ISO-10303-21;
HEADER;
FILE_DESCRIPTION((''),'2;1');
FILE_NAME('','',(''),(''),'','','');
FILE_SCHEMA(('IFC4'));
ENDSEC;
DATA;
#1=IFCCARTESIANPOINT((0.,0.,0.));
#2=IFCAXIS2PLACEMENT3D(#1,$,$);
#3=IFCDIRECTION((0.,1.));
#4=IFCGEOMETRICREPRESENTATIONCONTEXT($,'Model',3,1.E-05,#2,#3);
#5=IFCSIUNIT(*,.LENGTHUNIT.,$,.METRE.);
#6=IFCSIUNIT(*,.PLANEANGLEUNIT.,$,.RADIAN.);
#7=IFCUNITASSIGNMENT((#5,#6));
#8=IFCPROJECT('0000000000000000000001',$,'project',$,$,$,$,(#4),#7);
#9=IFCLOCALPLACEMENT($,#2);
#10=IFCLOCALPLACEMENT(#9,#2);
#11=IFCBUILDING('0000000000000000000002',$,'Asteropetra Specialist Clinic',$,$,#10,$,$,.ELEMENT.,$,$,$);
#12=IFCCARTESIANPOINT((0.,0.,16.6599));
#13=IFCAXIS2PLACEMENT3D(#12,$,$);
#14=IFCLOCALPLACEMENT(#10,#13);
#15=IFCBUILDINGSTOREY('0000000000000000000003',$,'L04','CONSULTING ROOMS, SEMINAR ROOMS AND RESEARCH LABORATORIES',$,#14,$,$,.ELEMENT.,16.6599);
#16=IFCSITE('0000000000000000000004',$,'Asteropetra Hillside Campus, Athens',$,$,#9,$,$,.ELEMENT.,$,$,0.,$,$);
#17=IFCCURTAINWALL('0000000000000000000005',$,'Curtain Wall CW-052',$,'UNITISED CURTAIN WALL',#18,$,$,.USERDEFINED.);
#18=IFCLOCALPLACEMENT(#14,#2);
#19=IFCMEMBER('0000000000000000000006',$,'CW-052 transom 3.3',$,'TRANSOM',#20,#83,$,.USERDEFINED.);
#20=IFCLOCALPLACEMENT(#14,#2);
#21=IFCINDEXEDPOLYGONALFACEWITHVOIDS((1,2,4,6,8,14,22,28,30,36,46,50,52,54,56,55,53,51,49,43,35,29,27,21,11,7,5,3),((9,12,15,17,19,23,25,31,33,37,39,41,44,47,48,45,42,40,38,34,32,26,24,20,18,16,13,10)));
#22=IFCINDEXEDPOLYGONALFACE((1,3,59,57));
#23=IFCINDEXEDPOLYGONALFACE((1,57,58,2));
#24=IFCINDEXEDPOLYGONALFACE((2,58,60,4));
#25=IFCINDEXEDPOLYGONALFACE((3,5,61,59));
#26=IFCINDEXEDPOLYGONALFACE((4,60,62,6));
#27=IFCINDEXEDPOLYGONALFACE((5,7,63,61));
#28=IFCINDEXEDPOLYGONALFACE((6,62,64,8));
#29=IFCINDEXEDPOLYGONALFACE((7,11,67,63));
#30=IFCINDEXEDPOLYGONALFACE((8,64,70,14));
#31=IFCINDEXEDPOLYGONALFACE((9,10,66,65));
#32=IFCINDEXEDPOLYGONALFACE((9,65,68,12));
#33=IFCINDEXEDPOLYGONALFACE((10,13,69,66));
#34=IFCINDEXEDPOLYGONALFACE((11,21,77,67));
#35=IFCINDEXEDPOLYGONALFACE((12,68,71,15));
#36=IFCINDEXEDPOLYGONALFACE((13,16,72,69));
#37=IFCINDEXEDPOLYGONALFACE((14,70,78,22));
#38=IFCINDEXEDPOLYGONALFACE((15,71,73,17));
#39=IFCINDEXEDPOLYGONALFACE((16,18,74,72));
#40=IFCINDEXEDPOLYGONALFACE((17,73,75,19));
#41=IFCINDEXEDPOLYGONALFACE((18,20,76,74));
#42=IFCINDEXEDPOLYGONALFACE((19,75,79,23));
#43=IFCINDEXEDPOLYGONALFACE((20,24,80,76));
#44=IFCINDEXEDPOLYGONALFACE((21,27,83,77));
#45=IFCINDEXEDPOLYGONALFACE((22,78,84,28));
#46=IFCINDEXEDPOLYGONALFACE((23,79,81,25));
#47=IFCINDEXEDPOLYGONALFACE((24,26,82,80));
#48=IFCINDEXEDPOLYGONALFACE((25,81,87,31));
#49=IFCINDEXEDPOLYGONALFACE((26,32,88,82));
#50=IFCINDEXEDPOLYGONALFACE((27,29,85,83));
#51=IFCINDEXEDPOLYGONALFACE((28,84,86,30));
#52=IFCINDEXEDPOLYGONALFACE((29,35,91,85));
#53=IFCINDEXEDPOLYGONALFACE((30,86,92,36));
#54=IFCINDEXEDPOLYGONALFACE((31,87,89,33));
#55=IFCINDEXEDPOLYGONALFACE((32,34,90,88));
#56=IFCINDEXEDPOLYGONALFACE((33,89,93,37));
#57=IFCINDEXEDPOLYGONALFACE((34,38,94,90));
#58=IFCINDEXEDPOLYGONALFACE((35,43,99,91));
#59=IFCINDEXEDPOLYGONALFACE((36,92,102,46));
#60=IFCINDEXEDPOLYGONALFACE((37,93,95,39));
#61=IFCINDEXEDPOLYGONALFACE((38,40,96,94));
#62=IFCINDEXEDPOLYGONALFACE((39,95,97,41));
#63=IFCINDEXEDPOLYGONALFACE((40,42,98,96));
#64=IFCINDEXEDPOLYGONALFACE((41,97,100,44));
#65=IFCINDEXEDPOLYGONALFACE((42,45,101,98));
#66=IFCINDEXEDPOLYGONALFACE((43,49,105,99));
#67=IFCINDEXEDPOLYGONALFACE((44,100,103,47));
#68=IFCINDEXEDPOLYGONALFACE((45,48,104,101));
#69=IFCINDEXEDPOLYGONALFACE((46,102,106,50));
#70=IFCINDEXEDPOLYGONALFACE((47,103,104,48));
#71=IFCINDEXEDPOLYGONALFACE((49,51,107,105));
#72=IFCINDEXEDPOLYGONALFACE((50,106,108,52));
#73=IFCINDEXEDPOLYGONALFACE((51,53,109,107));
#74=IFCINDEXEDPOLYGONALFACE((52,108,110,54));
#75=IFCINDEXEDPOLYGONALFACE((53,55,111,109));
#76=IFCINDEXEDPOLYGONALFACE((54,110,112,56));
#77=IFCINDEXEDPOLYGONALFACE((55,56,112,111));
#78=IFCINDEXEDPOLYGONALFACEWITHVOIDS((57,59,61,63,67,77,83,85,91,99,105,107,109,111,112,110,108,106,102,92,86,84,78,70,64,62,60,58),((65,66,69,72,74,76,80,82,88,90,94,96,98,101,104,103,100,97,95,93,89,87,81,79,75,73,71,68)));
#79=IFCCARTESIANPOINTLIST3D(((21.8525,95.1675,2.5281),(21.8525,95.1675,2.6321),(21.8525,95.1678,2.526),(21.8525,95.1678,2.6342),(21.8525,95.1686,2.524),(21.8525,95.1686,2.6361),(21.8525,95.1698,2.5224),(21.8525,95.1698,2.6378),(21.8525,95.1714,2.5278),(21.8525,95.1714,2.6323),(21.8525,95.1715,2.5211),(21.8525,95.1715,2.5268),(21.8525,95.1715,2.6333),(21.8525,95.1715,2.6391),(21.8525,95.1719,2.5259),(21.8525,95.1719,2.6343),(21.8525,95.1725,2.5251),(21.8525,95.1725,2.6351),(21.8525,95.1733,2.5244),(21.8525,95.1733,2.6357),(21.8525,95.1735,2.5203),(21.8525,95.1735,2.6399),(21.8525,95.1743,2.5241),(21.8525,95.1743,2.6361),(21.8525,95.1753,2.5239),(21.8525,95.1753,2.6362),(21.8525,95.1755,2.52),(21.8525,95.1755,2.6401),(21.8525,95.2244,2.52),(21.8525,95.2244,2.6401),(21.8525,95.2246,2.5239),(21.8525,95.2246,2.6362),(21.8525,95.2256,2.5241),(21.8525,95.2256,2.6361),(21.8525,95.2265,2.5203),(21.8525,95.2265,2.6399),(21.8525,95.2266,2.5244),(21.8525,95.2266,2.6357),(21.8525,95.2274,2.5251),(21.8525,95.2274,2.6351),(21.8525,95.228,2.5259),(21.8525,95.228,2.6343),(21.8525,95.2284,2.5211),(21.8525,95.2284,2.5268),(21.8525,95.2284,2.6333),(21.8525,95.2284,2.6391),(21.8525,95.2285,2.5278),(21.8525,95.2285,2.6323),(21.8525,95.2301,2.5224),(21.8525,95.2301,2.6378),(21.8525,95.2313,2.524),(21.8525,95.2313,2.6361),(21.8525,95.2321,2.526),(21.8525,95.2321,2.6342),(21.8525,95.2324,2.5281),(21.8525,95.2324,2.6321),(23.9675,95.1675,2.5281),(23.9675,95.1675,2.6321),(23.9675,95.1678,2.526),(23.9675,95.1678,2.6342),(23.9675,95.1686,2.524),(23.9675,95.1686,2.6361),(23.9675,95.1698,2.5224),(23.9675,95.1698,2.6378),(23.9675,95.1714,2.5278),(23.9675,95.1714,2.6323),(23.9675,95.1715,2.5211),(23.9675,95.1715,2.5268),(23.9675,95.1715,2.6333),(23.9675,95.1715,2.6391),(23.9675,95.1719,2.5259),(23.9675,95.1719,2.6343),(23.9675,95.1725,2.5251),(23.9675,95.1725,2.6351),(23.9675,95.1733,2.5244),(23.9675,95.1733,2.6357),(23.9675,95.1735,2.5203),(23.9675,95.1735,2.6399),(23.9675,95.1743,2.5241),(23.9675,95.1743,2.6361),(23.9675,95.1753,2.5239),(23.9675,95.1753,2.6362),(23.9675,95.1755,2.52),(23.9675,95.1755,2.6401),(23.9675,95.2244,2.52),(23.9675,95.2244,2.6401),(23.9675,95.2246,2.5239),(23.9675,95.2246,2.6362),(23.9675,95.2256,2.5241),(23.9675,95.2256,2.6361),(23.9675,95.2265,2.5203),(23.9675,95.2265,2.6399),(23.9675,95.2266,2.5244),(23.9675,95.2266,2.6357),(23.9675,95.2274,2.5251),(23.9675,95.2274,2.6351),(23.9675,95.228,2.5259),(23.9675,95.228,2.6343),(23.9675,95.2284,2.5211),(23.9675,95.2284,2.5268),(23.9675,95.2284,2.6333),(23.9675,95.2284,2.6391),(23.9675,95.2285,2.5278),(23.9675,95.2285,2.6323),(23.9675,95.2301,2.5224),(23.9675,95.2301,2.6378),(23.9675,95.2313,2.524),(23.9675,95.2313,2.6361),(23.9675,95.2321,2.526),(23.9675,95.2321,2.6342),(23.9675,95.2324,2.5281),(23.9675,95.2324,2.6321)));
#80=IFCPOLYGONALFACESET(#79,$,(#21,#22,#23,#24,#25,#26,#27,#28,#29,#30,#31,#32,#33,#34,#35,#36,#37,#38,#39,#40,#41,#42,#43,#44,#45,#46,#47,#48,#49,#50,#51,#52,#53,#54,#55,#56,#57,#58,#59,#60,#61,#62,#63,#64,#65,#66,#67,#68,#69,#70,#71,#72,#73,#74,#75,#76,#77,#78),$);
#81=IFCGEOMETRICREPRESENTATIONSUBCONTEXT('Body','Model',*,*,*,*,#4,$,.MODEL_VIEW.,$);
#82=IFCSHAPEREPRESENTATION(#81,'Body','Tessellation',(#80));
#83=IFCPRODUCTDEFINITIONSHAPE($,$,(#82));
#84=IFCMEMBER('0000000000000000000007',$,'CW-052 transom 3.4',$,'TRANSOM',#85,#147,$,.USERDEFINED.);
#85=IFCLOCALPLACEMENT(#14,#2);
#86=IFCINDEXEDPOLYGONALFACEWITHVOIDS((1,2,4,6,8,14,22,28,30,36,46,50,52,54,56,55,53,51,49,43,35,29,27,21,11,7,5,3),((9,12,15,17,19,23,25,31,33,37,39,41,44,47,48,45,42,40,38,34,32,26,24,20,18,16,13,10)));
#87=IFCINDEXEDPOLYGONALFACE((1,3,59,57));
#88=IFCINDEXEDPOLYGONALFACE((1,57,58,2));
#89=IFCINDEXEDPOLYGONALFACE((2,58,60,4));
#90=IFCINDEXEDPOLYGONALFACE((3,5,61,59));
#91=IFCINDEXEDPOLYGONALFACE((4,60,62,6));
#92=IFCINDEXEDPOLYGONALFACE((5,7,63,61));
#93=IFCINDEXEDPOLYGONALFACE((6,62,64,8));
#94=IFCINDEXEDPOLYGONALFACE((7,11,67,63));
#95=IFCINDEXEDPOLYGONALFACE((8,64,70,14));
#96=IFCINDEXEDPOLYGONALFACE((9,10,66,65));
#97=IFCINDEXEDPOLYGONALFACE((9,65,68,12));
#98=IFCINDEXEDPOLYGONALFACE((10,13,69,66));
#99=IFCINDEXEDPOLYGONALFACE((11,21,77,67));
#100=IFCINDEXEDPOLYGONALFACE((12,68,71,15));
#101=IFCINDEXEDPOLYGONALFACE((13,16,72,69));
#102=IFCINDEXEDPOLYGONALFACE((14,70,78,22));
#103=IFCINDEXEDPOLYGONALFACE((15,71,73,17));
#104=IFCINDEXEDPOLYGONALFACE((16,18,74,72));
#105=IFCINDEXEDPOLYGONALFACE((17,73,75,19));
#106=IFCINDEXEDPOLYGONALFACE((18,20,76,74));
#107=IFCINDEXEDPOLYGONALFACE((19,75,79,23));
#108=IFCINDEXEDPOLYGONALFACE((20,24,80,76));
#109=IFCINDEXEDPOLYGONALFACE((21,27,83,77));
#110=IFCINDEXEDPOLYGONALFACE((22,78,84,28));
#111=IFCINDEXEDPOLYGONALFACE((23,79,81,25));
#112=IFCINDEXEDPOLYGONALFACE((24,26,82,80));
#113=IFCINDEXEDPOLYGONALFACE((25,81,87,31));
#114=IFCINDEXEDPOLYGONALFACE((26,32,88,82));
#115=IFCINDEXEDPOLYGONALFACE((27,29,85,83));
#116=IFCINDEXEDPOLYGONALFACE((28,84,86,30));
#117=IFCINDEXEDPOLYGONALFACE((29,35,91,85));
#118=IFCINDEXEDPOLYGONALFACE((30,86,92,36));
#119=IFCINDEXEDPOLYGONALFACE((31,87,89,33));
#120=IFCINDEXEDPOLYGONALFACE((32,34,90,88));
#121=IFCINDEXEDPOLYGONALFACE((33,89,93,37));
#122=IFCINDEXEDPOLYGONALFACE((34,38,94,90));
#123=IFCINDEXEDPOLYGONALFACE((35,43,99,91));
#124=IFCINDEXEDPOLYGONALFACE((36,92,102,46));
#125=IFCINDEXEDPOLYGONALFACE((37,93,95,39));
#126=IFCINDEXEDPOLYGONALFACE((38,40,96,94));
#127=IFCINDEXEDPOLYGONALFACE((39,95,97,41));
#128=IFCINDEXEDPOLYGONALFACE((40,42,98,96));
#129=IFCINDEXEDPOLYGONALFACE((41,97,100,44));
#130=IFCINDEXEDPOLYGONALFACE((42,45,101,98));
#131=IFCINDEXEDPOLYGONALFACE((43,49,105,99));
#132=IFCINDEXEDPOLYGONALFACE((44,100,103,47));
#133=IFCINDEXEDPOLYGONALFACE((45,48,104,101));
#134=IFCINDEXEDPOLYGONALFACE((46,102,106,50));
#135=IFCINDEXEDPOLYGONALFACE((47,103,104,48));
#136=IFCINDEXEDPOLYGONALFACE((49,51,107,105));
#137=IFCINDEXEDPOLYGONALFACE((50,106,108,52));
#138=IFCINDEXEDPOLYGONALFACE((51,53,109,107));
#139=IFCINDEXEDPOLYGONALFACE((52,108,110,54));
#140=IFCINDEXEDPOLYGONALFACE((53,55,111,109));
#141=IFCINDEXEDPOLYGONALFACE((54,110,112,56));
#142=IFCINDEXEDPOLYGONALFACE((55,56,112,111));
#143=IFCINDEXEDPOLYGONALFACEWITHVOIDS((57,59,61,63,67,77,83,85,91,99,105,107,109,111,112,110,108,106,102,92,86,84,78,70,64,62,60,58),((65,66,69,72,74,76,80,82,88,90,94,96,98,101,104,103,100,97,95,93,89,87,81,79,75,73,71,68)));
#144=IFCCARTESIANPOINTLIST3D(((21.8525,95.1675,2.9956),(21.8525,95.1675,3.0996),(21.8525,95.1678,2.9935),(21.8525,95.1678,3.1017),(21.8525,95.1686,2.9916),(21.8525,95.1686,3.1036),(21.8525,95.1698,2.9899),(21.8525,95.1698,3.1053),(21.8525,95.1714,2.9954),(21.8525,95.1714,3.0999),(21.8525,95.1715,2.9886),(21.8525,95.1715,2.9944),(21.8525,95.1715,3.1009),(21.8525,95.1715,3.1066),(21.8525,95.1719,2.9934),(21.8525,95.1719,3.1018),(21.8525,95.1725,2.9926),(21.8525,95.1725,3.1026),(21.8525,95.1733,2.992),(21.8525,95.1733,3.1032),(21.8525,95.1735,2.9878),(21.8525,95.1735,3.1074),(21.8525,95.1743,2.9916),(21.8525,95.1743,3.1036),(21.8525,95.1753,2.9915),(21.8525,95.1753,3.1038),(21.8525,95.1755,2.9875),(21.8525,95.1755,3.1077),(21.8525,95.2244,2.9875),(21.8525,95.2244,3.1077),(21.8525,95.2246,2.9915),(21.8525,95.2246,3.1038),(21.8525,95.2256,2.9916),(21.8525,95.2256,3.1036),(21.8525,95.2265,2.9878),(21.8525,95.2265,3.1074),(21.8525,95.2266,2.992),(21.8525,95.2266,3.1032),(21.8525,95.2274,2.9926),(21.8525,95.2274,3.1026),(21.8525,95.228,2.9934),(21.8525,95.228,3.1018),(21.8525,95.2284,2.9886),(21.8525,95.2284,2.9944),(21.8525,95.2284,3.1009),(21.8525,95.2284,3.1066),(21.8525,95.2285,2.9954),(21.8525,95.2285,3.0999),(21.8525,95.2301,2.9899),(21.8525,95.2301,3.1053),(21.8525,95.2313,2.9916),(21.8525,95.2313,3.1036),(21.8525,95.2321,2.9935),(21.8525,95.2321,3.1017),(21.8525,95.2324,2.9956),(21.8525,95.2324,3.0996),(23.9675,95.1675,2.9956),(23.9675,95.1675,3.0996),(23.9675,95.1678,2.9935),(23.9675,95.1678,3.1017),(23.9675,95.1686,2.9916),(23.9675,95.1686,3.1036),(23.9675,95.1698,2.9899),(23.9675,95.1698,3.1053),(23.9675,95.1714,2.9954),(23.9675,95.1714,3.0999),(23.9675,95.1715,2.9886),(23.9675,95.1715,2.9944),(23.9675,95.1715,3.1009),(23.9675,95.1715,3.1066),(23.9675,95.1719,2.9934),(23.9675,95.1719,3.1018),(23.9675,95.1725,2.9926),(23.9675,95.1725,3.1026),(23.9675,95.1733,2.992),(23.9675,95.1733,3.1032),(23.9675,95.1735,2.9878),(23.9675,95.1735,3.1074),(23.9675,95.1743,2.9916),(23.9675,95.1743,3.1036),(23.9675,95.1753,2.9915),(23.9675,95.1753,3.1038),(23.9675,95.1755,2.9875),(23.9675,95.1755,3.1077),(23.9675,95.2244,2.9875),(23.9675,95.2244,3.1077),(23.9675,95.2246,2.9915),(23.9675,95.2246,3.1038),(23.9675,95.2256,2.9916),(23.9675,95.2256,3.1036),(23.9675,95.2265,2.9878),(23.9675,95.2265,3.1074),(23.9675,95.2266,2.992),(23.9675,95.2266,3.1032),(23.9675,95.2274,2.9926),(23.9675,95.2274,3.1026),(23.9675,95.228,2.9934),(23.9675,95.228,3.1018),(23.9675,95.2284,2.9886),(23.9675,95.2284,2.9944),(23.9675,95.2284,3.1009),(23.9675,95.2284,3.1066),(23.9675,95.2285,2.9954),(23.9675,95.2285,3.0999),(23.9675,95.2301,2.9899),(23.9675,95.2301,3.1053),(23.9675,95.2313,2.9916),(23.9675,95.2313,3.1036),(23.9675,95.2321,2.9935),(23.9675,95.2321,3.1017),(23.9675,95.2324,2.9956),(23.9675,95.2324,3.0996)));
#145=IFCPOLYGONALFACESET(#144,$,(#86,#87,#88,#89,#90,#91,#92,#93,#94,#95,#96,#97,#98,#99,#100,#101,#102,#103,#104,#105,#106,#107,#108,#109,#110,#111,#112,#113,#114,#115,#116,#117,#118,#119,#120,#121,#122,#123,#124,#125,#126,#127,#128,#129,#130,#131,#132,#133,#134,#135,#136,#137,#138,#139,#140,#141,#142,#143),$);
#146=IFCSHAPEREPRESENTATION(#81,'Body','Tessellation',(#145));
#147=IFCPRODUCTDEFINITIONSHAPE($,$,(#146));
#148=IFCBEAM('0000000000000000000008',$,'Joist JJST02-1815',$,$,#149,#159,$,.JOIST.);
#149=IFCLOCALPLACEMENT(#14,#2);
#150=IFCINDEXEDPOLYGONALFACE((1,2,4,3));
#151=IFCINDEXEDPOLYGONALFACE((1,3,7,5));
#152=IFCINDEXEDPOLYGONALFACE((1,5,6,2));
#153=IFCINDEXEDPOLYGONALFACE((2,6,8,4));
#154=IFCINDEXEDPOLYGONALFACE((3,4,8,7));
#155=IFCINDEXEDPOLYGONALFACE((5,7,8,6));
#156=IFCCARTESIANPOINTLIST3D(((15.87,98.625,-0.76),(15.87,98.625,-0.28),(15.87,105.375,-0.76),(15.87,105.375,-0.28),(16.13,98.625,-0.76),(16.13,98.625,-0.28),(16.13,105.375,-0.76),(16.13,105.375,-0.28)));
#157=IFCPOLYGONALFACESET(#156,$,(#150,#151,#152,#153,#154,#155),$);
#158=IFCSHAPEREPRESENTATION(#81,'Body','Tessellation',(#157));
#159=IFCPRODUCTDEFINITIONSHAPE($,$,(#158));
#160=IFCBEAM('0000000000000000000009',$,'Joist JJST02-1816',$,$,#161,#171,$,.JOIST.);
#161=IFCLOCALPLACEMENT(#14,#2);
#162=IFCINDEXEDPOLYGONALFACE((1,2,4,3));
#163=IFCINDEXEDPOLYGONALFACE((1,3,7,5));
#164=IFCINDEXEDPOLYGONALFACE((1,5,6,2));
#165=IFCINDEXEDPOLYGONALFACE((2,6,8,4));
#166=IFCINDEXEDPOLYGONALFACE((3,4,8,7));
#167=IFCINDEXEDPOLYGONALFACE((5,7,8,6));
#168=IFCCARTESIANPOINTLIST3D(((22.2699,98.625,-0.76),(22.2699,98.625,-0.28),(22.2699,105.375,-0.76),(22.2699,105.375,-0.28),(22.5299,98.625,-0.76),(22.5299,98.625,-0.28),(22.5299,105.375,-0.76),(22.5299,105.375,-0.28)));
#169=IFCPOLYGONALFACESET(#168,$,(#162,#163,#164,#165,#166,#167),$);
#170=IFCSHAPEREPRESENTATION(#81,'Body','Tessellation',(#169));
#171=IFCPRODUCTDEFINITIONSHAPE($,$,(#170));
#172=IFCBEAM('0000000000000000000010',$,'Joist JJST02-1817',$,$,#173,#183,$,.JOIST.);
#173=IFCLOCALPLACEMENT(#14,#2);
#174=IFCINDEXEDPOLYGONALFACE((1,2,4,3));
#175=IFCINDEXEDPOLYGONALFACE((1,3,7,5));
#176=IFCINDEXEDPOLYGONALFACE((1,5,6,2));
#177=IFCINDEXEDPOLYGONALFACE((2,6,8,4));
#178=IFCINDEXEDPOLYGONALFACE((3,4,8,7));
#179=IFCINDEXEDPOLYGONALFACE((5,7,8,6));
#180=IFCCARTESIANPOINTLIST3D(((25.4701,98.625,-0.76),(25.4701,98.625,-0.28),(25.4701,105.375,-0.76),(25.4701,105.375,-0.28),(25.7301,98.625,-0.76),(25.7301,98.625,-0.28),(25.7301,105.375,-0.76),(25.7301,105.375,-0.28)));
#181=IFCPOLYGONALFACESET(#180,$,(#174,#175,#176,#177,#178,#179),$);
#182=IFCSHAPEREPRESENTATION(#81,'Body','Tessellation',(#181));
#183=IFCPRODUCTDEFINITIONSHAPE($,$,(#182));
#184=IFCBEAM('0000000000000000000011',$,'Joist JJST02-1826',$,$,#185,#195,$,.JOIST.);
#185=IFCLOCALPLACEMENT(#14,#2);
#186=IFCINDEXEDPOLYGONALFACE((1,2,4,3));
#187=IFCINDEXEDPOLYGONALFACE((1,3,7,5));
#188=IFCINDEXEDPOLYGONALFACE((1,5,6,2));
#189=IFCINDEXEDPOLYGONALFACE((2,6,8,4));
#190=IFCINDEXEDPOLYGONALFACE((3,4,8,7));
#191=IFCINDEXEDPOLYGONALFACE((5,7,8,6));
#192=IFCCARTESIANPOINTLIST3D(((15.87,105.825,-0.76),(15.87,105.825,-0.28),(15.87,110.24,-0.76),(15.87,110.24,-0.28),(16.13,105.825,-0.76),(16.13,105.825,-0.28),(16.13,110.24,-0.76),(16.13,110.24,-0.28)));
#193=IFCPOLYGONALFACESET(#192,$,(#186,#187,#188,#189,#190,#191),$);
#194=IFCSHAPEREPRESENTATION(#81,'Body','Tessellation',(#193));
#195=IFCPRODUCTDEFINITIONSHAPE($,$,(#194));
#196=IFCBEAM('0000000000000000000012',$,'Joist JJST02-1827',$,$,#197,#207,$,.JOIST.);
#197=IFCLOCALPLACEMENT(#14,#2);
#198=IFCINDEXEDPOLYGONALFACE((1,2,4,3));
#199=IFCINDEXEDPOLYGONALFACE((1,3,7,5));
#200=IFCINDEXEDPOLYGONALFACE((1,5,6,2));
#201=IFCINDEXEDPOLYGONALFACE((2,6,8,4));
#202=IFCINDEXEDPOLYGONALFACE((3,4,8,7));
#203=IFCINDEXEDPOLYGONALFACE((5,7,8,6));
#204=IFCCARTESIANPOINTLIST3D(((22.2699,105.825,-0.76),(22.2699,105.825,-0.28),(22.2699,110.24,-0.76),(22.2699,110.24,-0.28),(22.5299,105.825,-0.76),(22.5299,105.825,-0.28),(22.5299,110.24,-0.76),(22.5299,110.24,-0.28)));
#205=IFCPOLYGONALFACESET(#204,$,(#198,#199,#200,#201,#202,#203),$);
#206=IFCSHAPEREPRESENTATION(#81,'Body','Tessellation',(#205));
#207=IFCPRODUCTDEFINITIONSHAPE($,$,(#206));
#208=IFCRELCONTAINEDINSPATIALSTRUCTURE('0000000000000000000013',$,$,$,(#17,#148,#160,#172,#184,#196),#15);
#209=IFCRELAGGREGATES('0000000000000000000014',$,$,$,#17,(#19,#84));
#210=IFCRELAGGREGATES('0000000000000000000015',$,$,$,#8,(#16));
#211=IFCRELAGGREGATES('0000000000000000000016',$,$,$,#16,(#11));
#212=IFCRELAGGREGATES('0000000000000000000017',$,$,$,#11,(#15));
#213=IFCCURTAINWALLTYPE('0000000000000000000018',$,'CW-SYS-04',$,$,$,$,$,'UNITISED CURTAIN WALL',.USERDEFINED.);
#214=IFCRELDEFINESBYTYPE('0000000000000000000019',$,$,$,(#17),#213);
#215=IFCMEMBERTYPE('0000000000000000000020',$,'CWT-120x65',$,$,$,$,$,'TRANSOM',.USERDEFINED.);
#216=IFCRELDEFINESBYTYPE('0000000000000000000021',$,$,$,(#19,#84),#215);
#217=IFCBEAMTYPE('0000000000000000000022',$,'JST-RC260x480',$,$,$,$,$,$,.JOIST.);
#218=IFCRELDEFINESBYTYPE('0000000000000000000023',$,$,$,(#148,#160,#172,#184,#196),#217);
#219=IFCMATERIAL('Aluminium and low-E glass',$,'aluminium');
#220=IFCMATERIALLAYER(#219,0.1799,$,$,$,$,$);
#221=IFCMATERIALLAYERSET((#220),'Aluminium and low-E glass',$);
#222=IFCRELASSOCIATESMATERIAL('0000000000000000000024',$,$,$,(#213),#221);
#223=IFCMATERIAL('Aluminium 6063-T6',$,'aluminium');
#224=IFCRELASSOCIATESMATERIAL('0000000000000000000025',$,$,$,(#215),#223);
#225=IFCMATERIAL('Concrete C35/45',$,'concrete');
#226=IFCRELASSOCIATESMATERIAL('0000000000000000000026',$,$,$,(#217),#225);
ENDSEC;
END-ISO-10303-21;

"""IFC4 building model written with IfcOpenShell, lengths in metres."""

from ifc_helpers import new_model, si_unit, direction, frame, origin, origin_2d, place, context, subcontext, project, spatial, rectangle, hollow_rectangle, extrude, material, layer, layer_set, material_profile, profile_set, type_object, element, aggregate, save


model = new_model("IFC4")

# Units and contexts
model_context = context("Model", 3, precision=1e-05, world=origin(), true_north=direction((0.0, 1.0)))
body_context = subcontext(model_context, "Body", "Model", "MODEL_VIEW")
ifc_project = project(units=[si_unit("LENGTHUNIT", "METRE"), si_unit("PLANEANGLEUNIT", "RADIAN")], contexts=[model_context])

# Site, building, storey
site_placement = place(None, origin())
site = spatial("IfcSite", under=ifc_project, at=site_placement, Name="Asteropetra Hillside Campus, Athens", CompositionType="ELEMENT", RefElevation=0.0)
building_placement = place(site_placement, origin())
building = spatial("IfcBuilding", under=site, at=building_placement, Name="Asteropetra Specialist Clinic", CompositionType="ELEMENT")
storey_placement = place(building_placement, frame((0.0, 0.0, 16.6599)))
storey = spatial("IfcBuildingStorey", under=building, at=storey_placement, Name="L04", Description="CONSULTING ROOMS, SEMINAR ROOMS AND RESEARCH LABORATORIES", CompositionType="ELEMENT", Elevation=16.6599)

# Curtain wall, members
ifc_material_1 = material(Name="Aluminium and low-E glass", Category="aluminium")
ifc_layer_1 = layer(ifc_material_1, 0.1799)
ifc_layer_set_1 = layer_set([ifc_layer_1], Name="Aluminium and low-E glass")
curtain_wall_type = type_object("IfcCurtainWallType", Name="CW-SYS-04", ElementType="UNITISED CURTAIN WALL", PredefinedType="USERDEFINED", material=ifc_layer_set_1)
curtain_wall_placement = place(storey_placement, origin())
curtain_wall = element("IfcCurtainWall", 1, at=curtain_wall_placement, inside=storey, type_object=curtain_wall_type, Name="Curtain Wall CW-052", ObjectType="UNITISED CURTAIN WALL", PredefinedType="USERDEFINED")
ifc_material_2 = material(Name="Aluminium 6063-T6", Category="aluminium")
ifc_material_profile_1 = material_profile(ifc_material_2, hollow_rectangle(XDim=0.0649, YDim=0.1201, WallThickness=0.0039, InnerFilletRadius=0.0039, OuterFilletRadius=0.0081, at=origin_2d()), Name="TRN 120x65x4.0")
ifc_profile_set_1 = profile_set([ifc_material_profile_1], Name="Aluminium 6063-T6")
member_type_1 = type_object("IfcMemberType", Name="CWT-120x65", ElementType="TRANSOM", PredefinedType="USERDEFINED", material=ifc_profile_set_1)
member_1_placement = place(storey_placement, frame((23.9675, 95.2, 2.5801), z_axis=(-1.0, 0.0, 0.0), x_axis=(0.0, -1.0, 0.0)))
member_1 = element("IfcMember", 2, at=member_1_placement, type_object=member_type_1, Name="CW-052 transom 3.3", ObjectType="TRANSOM", PredefinedType="USERDEFINED", context=body_context, shape_type="SweptSolid", body=[
    extrude(hollow_rectangle(XDim=0.0649, YDim=0.1201, WallThickness=0.0039, InnerFilletRadius=0.0039, OuterFilletRadius=0.0081, at=origin_2d()), origin(), (0.0, 0.0, 1.0), 2.115),
])
member_2_placement = place(storey_placement, frame((23.9675, 95.2, 3.0476), z_axis=(-1.0, 0.0, 0.0), x_axis=(0.0, -1.0, 0.0)))
member_2 = element("IfcMember", 3, at=member_2_placement, type_object=member_type_1, Name="CW-052 transom 3.4", ObjectType="TRANSOM", PredefinedType="USERDEFINED", context=body_context, shape_type="SweptSolid", body=[
    extrude(hollow_rectangle(XDim=0.0649, YDim=0.1201, WallThickness=0.0039, InnerFilletRadius=0.0039, OuterFilletRadius=0.0081, at=origin_2d()), origin(), (0.0, 0.0, 1.0), 2.115),
])

# Beams
ifc_material_3 = material(Name="Concrete C35/45", Category="concrete")
ifc_material_profile_2 = material_profile(ifc_material_3, rectangle(XDim=0.26, YDim=0.48, at=origin_2d()), Name="RCJ 260x480")
ifc_profile_set_2 = profile_set([ifc_material_profile_2], Name="Concrete C35/45")
beam_type_1 = type_object("IfcBeamType", Name="JST-RC260x480", PredefinedType="JOIST", material=ifc_profile_set_2)
for number, where, z_axis, x_axis, name in (
    (4, (16.0, 98.625, -0.52), (0.0, 1.0, 0.0), (-1.0, 0.0, 0.0), "Joist JJST02-1815"),
    (5, (22.3999, 98.625, -0.52), (0.0, 1.0, 0.0), (-1.0, 0.0, 0.0), "Joist JJST02-1816"),
    (6, (25.6001, 98.625, -0.52), (0.0, 1.0, 0.0), (-1.0, 0.0, 0.0), "Joist JJST02-1817"),
):
    element("IfcBeam", number, at=place(storey_placement, frame(where, z_axis=z_axis, x_axis=x_axis)), inside=storey, type_object=beam_type_1, Name=name, PredefinedType="JOIST", context=body_context, shape_type="SweptSolid", body=[
        extrude(rectangle(XDim=0.26, YDim=0.48, at=origin_2d()), origin(), (0.0, 0.0, 1.0), 6.75),
    ])
for number, where, z_axis, x_axis, name in (
    (7, (16.0, 105.825, -0.52), (0.0, 1.0, 0.0), (-1.0, 0.0, 0.0), "Joist JJST02-1826"),
    (8, (22.3999, 105.825, -0.52), (0.0, 1.0, 0.0), (-1.0, 0.0, 0.0), "Joist JJST02-1827"),
):
    element("IfcBeam", number, at=place(storey_placement, frame(where, z_axis=z_axis, x_axis=x_axis)), inside=storey, type_object=beam_type_1, Name=name, PredefinedType="JOIST", context=body_context, shape_type="SweptSolid", body=[
        extrude(rectangle(XDim=0.26, YDim=0.48, at=origin_2d()), origin(), (0.0, 0.0, 1.0), 4.415),
    ])

aggregate(curtain_wall, [member_1, member_2])

save(model, "model.ifc")
